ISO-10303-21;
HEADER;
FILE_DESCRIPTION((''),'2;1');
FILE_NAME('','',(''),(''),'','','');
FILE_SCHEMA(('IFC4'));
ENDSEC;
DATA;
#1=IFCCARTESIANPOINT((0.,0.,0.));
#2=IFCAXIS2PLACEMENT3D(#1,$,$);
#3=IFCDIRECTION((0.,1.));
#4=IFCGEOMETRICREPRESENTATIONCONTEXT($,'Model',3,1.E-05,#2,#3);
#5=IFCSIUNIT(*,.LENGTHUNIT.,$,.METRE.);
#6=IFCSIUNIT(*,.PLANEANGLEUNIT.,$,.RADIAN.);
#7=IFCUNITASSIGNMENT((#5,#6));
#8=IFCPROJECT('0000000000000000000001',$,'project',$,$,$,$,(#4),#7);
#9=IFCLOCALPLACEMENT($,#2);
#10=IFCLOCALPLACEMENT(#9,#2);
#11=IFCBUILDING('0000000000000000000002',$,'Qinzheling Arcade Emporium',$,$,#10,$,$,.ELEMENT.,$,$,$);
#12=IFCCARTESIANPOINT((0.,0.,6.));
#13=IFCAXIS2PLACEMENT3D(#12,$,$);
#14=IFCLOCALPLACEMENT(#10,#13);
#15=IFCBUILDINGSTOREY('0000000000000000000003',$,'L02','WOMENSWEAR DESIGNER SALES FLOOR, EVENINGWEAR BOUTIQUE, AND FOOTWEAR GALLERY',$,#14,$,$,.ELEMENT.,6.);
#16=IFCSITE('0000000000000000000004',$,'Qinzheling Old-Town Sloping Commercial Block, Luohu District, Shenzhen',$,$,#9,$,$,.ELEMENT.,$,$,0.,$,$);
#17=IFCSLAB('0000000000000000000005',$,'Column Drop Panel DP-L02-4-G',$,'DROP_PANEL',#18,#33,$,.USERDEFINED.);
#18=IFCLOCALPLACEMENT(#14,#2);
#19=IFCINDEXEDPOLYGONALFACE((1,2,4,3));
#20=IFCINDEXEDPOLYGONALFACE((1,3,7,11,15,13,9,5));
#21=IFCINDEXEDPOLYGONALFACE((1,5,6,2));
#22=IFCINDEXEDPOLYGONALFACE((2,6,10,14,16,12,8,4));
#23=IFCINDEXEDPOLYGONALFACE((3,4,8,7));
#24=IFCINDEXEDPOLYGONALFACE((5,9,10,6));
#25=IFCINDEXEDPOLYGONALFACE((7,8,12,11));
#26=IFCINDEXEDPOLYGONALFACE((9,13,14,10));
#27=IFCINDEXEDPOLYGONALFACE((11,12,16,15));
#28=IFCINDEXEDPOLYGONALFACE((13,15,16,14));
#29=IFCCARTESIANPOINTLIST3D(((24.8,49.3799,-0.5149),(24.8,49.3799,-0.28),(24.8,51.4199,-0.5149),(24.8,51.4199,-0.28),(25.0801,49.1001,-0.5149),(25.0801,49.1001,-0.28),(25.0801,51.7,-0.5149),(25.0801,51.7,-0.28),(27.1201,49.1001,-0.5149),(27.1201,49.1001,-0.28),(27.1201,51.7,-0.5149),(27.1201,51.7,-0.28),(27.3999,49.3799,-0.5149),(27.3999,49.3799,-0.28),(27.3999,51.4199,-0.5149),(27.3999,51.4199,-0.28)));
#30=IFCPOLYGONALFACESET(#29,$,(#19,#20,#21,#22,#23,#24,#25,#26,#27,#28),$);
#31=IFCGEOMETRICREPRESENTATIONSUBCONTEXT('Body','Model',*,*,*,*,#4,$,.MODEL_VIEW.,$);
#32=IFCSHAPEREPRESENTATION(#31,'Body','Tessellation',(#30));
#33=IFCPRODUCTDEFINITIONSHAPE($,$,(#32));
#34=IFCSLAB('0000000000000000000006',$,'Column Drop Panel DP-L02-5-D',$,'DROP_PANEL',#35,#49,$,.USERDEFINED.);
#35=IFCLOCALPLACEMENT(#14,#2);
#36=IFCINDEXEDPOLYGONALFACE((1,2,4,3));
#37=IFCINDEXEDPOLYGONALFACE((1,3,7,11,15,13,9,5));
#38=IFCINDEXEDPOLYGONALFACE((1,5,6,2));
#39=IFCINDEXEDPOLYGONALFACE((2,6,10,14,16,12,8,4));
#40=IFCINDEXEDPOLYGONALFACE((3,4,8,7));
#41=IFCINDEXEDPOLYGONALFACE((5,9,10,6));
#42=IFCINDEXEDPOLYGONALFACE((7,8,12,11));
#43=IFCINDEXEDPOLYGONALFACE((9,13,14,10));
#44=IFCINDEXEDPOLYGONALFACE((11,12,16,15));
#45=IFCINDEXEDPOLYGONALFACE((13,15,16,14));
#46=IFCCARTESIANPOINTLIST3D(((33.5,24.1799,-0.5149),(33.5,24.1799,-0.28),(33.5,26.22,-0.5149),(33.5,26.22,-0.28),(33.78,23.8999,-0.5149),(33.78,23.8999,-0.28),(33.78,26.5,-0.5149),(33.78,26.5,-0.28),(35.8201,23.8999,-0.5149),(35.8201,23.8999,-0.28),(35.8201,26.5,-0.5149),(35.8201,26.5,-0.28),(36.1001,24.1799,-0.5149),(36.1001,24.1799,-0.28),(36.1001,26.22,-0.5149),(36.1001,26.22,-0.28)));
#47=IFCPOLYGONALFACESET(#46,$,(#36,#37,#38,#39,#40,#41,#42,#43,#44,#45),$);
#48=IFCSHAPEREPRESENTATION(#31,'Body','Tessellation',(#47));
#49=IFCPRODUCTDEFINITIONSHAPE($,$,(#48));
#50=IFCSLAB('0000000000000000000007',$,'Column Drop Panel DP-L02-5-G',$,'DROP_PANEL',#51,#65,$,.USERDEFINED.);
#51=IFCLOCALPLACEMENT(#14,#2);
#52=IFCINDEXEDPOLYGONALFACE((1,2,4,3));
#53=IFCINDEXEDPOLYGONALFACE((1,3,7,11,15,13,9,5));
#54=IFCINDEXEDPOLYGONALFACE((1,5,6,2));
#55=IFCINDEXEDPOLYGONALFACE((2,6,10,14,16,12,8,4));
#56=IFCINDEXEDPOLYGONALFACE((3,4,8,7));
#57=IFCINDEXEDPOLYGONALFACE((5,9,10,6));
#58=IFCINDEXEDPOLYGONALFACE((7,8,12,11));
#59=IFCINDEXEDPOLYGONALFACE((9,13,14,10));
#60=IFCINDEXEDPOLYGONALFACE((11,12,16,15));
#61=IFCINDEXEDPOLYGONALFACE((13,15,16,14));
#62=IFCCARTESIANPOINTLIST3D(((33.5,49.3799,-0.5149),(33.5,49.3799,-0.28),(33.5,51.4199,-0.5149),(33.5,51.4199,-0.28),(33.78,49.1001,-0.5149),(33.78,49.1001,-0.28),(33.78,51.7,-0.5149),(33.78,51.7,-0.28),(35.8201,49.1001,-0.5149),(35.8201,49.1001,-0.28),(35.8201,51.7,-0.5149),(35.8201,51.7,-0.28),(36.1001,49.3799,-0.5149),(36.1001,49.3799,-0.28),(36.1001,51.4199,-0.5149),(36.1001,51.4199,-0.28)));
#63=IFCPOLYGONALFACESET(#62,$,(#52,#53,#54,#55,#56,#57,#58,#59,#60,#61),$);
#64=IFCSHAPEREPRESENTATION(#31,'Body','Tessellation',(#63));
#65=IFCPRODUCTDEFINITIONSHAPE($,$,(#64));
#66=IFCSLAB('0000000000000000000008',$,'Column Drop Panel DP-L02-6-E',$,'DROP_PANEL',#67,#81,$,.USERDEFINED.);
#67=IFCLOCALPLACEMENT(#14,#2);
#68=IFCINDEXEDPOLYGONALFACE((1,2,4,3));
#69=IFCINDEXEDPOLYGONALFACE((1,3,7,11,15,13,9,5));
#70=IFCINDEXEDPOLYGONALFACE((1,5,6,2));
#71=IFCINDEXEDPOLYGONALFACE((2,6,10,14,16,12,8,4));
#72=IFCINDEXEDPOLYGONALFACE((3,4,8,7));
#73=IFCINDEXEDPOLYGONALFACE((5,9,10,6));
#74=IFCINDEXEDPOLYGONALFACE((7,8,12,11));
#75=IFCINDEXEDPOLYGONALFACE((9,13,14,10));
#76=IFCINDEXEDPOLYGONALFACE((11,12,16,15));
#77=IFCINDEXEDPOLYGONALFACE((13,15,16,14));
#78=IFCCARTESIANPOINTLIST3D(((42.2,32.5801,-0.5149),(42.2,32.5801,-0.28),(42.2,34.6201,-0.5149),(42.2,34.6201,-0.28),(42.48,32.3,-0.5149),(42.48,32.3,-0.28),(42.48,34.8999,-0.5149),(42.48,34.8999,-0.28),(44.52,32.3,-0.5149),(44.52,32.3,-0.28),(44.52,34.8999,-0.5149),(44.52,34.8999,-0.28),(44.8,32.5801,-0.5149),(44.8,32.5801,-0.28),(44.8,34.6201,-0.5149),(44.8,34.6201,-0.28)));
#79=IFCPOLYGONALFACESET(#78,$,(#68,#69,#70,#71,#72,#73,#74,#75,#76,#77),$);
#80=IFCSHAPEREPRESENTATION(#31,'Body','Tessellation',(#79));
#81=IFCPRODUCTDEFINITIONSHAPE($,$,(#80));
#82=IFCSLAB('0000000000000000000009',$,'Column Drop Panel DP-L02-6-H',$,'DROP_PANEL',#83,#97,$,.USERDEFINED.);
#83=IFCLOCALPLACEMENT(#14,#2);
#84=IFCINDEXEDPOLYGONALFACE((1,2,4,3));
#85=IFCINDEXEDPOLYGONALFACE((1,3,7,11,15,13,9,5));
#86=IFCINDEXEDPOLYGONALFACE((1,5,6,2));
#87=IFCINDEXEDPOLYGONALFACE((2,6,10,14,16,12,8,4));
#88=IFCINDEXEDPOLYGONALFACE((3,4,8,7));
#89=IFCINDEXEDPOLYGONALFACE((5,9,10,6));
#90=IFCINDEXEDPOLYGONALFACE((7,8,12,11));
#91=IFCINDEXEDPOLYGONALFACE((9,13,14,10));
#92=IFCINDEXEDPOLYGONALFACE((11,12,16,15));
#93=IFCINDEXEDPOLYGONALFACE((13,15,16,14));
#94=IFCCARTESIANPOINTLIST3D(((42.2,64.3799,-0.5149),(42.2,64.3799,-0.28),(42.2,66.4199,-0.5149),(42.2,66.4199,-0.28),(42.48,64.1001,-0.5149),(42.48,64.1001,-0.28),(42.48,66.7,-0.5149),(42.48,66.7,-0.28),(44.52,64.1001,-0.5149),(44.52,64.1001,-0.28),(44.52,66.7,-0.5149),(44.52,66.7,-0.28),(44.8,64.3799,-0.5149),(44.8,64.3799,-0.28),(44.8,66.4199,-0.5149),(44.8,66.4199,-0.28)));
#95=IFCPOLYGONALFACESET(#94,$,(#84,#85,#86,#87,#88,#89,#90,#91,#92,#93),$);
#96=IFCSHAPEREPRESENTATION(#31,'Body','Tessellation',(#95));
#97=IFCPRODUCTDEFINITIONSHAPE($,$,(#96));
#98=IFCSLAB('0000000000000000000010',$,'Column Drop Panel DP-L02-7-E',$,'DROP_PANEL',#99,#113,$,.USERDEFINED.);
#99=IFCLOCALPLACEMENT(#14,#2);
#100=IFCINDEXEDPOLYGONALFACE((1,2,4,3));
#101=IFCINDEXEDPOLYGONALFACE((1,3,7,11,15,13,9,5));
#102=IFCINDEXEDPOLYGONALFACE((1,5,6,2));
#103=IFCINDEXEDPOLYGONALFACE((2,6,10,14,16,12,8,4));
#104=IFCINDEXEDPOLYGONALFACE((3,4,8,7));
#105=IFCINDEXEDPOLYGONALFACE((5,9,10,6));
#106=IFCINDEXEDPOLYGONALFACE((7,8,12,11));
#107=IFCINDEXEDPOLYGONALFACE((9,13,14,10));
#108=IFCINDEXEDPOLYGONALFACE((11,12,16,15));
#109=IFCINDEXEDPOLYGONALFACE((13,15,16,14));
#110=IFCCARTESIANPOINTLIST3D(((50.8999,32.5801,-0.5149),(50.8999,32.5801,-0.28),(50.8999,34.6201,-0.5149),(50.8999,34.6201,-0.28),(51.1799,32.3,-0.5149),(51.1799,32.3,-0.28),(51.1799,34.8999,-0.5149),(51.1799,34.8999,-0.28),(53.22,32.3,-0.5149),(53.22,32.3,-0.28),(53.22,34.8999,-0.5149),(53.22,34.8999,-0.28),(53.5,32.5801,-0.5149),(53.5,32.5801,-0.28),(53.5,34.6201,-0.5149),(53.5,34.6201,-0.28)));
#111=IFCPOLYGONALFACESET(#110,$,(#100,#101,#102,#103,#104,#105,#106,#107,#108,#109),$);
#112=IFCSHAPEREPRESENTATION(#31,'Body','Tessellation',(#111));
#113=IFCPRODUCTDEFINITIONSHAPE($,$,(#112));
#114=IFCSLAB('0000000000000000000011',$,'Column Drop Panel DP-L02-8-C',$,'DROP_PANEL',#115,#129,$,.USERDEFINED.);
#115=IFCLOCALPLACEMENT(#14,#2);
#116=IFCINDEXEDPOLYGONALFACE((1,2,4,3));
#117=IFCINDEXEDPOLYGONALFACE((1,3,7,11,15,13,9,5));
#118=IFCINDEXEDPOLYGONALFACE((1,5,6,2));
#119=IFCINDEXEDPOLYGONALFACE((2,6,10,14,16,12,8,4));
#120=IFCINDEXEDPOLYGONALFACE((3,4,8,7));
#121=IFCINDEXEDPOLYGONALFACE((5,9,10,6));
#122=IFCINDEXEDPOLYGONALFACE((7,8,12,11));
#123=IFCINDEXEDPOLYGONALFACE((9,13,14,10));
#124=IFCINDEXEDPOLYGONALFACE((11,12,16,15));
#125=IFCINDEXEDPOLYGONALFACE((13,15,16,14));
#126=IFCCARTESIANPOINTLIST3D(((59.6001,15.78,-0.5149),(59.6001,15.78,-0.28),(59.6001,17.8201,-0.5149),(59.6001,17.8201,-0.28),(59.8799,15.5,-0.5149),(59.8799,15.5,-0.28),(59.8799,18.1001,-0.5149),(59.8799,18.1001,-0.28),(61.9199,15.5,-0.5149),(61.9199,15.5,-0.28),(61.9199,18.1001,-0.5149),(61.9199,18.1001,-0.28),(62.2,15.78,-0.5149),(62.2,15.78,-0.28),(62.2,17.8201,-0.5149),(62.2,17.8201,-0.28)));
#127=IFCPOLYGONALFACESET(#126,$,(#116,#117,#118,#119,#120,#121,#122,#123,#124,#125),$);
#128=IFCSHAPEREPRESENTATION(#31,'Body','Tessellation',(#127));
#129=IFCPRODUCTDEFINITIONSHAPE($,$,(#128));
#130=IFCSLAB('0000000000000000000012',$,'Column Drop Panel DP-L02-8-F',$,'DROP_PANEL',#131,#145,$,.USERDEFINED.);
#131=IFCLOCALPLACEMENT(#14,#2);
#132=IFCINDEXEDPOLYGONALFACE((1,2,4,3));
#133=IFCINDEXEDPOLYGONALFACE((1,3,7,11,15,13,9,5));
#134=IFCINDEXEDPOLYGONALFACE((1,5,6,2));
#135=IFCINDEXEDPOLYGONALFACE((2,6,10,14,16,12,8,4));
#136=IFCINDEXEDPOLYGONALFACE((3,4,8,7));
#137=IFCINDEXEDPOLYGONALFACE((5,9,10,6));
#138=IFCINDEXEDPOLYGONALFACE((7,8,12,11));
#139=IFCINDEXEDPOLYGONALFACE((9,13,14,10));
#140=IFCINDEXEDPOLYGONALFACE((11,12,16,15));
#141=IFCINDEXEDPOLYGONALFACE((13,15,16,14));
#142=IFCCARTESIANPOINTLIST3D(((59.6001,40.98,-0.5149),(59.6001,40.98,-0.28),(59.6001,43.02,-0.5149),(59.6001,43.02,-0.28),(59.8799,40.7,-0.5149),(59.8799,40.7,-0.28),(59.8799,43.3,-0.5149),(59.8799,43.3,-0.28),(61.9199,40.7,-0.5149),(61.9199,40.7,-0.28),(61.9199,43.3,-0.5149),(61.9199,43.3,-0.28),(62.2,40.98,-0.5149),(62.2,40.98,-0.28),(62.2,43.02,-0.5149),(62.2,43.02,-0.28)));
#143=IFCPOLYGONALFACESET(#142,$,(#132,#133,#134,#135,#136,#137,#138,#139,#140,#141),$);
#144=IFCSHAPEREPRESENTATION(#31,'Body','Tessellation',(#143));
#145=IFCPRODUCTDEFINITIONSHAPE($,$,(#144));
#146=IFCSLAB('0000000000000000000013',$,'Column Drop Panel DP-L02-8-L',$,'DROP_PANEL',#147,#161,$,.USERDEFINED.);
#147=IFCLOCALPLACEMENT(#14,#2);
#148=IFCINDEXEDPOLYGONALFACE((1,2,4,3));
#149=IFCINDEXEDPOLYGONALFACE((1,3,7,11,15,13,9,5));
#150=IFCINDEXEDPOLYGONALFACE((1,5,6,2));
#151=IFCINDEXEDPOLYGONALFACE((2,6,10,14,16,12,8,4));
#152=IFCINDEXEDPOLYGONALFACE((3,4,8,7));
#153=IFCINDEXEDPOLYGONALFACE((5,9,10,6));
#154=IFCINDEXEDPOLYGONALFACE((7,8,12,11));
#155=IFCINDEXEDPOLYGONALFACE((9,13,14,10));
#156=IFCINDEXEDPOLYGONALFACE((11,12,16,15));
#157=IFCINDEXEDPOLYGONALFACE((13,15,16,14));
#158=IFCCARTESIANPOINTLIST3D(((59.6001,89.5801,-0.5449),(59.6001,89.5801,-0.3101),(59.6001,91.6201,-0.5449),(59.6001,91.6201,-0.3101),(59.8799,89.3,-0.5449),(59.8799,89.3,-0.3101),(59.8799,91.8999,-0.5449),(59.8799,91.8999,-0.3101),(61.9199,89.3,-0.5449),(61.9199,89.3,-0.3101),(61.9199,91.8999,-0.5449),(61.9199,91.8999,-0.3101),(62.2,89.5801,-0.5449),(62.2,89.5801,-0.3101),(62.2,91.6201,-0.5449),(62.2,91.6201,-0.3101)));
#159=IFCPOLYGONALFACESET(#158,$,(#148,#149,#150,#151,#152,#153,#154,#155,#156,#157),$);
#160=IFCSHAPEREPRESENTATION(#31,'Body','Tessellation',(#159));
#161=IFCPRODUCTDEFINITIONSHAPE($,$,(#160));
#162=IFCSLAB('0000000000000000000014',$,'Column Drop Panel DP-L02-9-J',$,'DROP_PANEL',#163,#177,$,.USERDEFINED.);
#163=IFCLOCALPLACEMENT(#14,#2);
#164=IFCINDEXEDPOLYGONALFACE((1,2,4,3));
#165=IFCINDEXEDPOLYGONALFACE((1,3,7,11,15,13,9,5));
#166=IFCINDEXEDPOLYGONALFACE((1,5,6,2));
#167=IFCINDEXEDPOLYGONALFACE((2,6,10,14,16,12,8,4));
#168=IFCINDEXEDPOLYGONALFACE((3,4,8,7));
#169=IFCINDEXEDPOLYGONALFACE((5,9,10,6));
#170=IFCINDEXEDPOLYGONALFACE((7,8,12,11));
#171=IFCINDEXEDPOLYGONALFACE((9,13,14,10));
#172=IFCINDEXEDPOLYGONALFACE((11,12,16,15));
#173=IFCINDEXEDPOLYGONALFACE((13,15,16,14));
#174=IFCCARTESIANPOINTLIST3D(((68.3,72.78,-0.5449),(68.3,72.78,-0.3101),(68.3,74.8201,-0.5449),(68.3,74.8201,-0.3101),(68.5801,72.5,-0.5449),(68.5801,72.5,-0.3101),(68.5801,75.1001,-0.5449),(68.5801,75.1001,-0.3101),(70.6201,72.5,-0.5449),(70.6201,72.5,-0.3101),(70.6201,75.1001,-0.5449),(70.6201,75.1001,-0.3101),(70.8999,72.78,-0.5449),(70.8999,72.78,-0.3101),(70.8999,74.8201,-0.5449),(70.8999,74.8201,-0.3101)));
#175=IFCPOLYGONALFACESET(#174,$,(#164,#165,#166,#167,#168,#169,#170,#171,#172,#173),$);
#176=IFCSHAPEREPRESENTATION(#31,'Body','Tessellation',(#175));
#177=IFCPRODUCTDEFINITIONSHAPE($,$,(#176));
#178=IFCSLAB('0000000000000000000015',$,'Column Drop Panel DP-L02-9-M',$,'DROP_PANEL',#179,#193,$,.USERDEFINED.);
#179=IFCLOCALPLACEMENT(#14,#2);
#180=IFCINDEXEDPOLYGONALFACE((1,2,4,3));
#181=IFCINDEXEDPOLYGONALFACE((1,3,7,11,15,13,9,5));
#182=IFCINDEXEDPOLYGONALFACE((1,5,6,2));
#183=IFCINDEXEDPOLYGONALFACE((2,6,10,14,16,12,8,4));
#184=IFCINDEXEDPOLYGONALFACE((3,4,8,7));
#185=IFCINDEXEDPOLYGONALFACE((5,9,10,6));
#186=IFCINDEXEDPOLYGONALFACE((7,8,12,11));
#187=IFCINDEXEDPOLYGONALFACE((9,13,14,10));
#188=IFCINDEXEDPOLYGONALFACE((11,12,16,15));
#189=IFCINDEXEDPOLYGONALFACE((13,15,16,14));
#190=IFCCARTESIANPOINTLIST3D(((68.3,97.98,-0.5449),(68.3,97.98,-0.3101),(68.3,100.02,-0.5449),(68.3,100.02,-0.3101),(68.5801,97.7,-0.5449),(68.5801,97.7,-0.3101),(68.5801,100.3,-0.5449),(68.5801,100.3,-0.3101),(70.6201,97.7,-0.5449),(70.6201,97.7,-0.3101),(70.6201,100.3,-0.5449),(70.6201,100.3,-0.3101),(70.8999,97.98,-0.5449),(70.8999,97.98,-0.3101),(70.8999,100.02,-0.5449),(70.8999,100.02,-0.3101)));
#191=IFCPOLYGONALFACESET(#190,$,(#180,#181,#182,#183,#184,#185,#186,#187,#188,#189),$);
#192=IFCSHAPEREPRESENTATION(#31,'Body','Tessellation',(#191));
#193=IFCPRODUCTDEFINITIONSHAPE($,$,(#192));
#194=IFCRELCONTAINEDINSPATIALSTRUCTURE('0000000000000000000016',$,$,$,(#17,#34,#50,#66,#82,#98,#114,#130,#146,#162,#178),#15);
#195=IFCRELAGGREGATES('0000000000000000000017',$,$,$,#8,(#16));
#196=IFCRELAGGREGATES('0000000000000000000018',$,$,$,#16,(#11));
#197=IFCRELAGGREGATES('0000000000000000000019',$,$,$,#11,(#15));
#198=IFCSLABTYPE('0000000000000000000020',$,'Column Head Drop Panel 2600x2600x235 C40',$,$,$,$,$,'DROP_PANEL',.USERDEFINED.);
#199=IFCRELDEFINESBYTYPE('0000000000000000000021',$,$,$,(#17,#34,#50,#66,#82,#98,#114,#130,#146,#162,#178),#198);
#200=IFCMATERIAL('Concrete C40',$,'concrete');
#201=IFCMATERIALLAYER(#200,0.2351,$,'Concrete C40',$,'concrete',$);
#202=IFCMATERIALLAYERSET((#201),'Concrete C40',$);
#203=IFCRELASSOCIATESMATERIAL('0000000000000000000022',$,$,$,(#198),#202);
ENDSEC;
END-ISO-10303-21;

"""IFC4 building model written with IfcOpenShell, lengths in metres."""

from ifc_helpers import new_model, si_unit, direction, frame, origin, place, context, subcontext, project, spatial, polyline, outline, extrude, material, layer, layer_set, type_object, element, save


model = new_model("IFC4")

# Units and contexts
model_context = context("Model", 3, precision=1e-05, world=origin(), true_north=direction((0.0, 1.0)))
body_context = subcontext(model_context, "Body", "Model", "MODEL_VIEW")
ifc_project = project(units=[si_unit("LENGTHUNIT", "METRE"), si_unit("PLANEANGLEUNIT", "RADIAN")], contexts=[model_context])

# Site, building, storey
site_placement = place(None, origin())
site = spatial("IfcSite", under=ifc_project, at=site_placement, Name="Qinzheling Old-Town Sloping Commercial Block, Luohu District, Shenzhen", CompositionType="ELEMENT", RefElevation=0.0)
building_placement = place(site_placement, origin())
building = spatial("IfcBuilding", under=site, at=building_placement, Name="Qinzheling Arcade Emporium", CompositionType="ELEMENT")
storey_placement = place(building_placement, frame((0.0, 0.0, 6.0)))
storey = spatial("IfcBuildingStorey", under=building, at=storey_placement, Name="L02", Description="WOMENSWEAR DESIGNER SALES FLOOR, EVENINGWEAR BOUTIQUE, AND FOOTWEAR GALLERY", CompositionType="ELEMENT", Elevation=6.0)

# Slabs
ifc_material_1 = material(Name="Concrete C40", Category="concrete")
ifc_layer_1 = layer(ifc_material_1, 0.2351, Name="Concrete C40", Category="concrete")
ifc_layer_set_1 = layer_set([ifc_layer_1], Name="Concrete C40")
slab_type_1 = type_object("IfcSlabType", Name="Column Head Drop Panel 2600x2600x235 C40", ElementType="DROP_PANEL", PredefinedType="USERDEFINED", material=ifc_layer_set_1)
slab_1_placement = place(storey_placement, frame((0.0, 0.0, -0.5149)))
element("IfcSlab", 1, at=slab_1_placement, inside=storey, type_object=slab_type_1, Name="Column Drop Panel DP-L02-4-G", ObjectType="DROP_PANEL", PredefinedType="USERDEFINED", context=body_context, shape_type="SweptSolid", body=[
    extrude(outline(polyline([(25.0801, 49.1001), (27.1201, 49.1001), (27.3999, 49.3799), (27.3999, 51.4199), (27.1201, 51.7), (25.0801, 51.7), (24.8, 51.4199), (24.8, 49.3799), (25.0801, 49.1001)])), origin(), (0.0, 0.0, 1.0), 0.2349),
])
slab_2_placement = place(storey_placement, frame((0.0, 0.0, -0.5149)))
element("IfcSlab", 2, at=slab_2_placement, inside=storey, type_object=slab_type_1, Name="Column Drop Panel DP-L02-5-D", ObjectType="DROP_PANEL", PredefinedType="USERDEFINED", context=body_context, shape_type="SweptSolid", body=[
    extrude(outline(polyline([(33.78, 23.8999), (35.8201, 23.8999), (36.1001, 24.1799), (36.1001, 26.22), (35.8201, 26.5), (33.78, 26.5), (33.5, 26.22), (33.5, 24.1799), (33.78, 23.8999)])), origin(), (0.0, 0.0, 1.0), 0.2349),
])
slab_3_placement = place(storey_placement, frame((0.0, 0.0, -0.5149)))
element("IfcSlab", 3, at=slab_3_placement, inside=storey, type_object=slab_type_1, Name="Column Drop Panel DP-L02-5-G", ObjectType="DROP_PANEL", PredefinedType="USERDEFINED", context=body_context, shape_type="SweptSolid", body=[
    extrude(outline(polyline([(33.78, 49.1001), (35.8201, 49.1001), (36.1001, 49.3799), (36.1001, 51.4199), (35.8201, 51.7), (33.78, 51.7), (33.5, 51.4199), (33.5, 49.3799), (33.78, 49.1001)])), origin(), (0.0, 0.0, 1.0), 0.2349),
])
slab_4_placement = place(storey_placement, frame((0.0, 0.0, -0.5149)))
element("IfcSlab", 4, at=slab_4_placement, inside=storey, type_object=slab_type_1, Name="Column Drop Panel DP-L02-6-E", ObjectType="DROP_PANEL", PredefinedType="USERDEFINED", context=body_context, shape_type="SweptSolid", body=[
    extrude(outline(polyline([(42.48, 32.3), (44.52, 32.3), (44.8, 32.5801), (44.8, 34.6201), (44.52, 34.8999), (42.48, 34.8999), (42.2, 34.6201), (42.2, 32.5801), (42.48, 32.3)])), origin(), (0.0, 0.0, 1.0), 0.2349),
])
slab_5_placement = place(storey_placement, frame((0.0, 0.0, -0.5149)))
element("IfcSlab", 5, at=slab_5_placement, inside=storey, type_object=slab_type_1, Name="Column Drop Panel DP-L02-6-H", ObjectType="DROP_PANEL", PredefinedType="USERDEFINED", context=body_context, shape_type="SweptSolid", body=[
    extrude(outline(polyline([(42.48, 64.1001), (44.52, 64.1001), (44.8, 64.3799), (44.8, 66.4199), (44.52, 66.7), (42.48, 66.7), (42.2, 66.4199), (42.2, 64.3799), (42.48, 64.1001)])), origin(), (0.0, 0.0, 1.0), 0.2349),
])
slab_6_placement = place(storey_placement, frame((0.0, 0.0, -0.5149)))
element("IfcSlab", 6, at=slab_6_placement, inside=storey, type_object=slab_type_1, Name="Column Drop Panel DP-L02-7-E", ObjectType="DROP_PANEL", PredefinedType="USERDEFINED", context=body_context, shape_type="SweptSolid", body=[
    extrude(outline(polyline([(51.1799, 32.3), (53.22, 32.3), (53.5, 32.5801), (53.5, 34.6201), (53.22, 34.8999), (51.1799, 34.8999), (50.8999, 34.6201), (50.8999, 32.5801), (51.1799, 32.3)])), origin(), (0.0, 0.0, 1.0), 0.2349),
])
slab_7_placement = place(storey_placement, frame((0.0, 0.0, -0.5149)))
element("IfcSlab", 7, at=slab_7_placement, inside=storey, type_object=slab_type_1, Name="Column Drop Panel DP-L02-8-C", ObjectType="DROP_PANEL", PredefinedType="USERDEFINED", context=body_context, shape_type="SweptSolid", body=[
    extrude(outline(polyline([(59.8799, 15.5), (61.9199, 15.5), (62.2, 15.78), (62.2, 17.8201), (61.9199, 18.1001), (59.8799, 18.1001), (59.6001, 17.8201), (59.6001, 15.78), (59.8799, 15.5)])), origin(), (0.0, 0.0, 1.0), 0.2349),
])
slab_8_placement = place(storey_placement, frame((0.0, 0.0, -0.5149)))
element("IfcSlab", 8, at=slab_8_placement, inside=storey, type_object=slab_type_1, Name="Column Drop Panel DP-L02-8-F", ObjectType="DROP_PANEL", PredefinedType="USERDEFINED", context=body_context, shape_type="SweptSolid", body=[
    extrude(outline(polyline([(59.8799, 40.7), (61.9199, 40.7), (62.2, 40.98), (62.2, 43.02), (61.9199, 43.3), (59.8799, 43.3), (59.6001, 43.02), (59.6001, 40.98), (59.8799, 40.7)])), origin(), (0.0, 0.0, 1.0), 0.2349),
])
slab_9_placement = place(storey_placement, frame((0.0, 0.0, -0.5449)))
element("IfcSlab", 9, at=slab_9_placement, inside=storey, type_object=slab_type_1, Name="Column Drop Panel DP-L02-8-L", ObjectType="DROP_PANEL", PredefinedType="USERDEFINED", context=body_context, shape_type="SweptSolid", body=[
    extrude(outline(polyline([(59.8799, 89.3), (61.9199, 89.3), (62.2, 89.5801), (62.2, 91.6201), (61.9199, 91.8999), (59.8799, 91.8999), (59.6001, 91.6201), (59.6001, 89.5801), (59.8799, 89.3)])), origin(), (0.0, 0.0, 1.0), 0.2349),
])
slab_10_placement = place(storey_placement, frame((0.0, 0.0, -0.5449)))
element("IfcSlab", 10, at=slab_10_placement, inside=storey, type_object=slab_type_1, Name="Column Drop Panel DP-L02-9-J", ObjectType="DROP_PANEL", PredefinedType="USERDEFINED", context=body_context, shape_type="SweptSolid", body=[
    extrude(outline(polyline([(68.5801, 72.5), (70.6201, 72.5), (70.8999, 72.78), (70.8999, 74.8201), (70.6201, 75.1001), (68.5801, 75.1001), (68.3, 74.8201), (68.3, 72.78), (68.5801, 72.5)])), origin(), (0.0, 0.0, 1.0), 0.2349),
])
slab_11_placement = place(storey_placement, frame((0.0, 0.0, -0.5449)))
element("IfcSlab", 11, at=slab_11_placement, inside=storey, type_object=slab_type_1, Name="Column Drop Panel DP-L02-9-M", ObjectType="DROP_PANEL", PredefinedType="USERDEFINED", context=body_context, shape_type="SweptSolid", body=[
    extrude(outline(polyline([(68.5801, 97.7), (70.6201, 97.7), (70.8999, 97.98), (70.8999, 100.02), (70.6201, 100.3), (68.5801, 100.3), (68.3, 100.02), (68.3, 97.98), (68.5801, 97.7)])), origin(), (0.0, 0.0, 1.0), 0.2349),
])

save(model, "model.ifc")
